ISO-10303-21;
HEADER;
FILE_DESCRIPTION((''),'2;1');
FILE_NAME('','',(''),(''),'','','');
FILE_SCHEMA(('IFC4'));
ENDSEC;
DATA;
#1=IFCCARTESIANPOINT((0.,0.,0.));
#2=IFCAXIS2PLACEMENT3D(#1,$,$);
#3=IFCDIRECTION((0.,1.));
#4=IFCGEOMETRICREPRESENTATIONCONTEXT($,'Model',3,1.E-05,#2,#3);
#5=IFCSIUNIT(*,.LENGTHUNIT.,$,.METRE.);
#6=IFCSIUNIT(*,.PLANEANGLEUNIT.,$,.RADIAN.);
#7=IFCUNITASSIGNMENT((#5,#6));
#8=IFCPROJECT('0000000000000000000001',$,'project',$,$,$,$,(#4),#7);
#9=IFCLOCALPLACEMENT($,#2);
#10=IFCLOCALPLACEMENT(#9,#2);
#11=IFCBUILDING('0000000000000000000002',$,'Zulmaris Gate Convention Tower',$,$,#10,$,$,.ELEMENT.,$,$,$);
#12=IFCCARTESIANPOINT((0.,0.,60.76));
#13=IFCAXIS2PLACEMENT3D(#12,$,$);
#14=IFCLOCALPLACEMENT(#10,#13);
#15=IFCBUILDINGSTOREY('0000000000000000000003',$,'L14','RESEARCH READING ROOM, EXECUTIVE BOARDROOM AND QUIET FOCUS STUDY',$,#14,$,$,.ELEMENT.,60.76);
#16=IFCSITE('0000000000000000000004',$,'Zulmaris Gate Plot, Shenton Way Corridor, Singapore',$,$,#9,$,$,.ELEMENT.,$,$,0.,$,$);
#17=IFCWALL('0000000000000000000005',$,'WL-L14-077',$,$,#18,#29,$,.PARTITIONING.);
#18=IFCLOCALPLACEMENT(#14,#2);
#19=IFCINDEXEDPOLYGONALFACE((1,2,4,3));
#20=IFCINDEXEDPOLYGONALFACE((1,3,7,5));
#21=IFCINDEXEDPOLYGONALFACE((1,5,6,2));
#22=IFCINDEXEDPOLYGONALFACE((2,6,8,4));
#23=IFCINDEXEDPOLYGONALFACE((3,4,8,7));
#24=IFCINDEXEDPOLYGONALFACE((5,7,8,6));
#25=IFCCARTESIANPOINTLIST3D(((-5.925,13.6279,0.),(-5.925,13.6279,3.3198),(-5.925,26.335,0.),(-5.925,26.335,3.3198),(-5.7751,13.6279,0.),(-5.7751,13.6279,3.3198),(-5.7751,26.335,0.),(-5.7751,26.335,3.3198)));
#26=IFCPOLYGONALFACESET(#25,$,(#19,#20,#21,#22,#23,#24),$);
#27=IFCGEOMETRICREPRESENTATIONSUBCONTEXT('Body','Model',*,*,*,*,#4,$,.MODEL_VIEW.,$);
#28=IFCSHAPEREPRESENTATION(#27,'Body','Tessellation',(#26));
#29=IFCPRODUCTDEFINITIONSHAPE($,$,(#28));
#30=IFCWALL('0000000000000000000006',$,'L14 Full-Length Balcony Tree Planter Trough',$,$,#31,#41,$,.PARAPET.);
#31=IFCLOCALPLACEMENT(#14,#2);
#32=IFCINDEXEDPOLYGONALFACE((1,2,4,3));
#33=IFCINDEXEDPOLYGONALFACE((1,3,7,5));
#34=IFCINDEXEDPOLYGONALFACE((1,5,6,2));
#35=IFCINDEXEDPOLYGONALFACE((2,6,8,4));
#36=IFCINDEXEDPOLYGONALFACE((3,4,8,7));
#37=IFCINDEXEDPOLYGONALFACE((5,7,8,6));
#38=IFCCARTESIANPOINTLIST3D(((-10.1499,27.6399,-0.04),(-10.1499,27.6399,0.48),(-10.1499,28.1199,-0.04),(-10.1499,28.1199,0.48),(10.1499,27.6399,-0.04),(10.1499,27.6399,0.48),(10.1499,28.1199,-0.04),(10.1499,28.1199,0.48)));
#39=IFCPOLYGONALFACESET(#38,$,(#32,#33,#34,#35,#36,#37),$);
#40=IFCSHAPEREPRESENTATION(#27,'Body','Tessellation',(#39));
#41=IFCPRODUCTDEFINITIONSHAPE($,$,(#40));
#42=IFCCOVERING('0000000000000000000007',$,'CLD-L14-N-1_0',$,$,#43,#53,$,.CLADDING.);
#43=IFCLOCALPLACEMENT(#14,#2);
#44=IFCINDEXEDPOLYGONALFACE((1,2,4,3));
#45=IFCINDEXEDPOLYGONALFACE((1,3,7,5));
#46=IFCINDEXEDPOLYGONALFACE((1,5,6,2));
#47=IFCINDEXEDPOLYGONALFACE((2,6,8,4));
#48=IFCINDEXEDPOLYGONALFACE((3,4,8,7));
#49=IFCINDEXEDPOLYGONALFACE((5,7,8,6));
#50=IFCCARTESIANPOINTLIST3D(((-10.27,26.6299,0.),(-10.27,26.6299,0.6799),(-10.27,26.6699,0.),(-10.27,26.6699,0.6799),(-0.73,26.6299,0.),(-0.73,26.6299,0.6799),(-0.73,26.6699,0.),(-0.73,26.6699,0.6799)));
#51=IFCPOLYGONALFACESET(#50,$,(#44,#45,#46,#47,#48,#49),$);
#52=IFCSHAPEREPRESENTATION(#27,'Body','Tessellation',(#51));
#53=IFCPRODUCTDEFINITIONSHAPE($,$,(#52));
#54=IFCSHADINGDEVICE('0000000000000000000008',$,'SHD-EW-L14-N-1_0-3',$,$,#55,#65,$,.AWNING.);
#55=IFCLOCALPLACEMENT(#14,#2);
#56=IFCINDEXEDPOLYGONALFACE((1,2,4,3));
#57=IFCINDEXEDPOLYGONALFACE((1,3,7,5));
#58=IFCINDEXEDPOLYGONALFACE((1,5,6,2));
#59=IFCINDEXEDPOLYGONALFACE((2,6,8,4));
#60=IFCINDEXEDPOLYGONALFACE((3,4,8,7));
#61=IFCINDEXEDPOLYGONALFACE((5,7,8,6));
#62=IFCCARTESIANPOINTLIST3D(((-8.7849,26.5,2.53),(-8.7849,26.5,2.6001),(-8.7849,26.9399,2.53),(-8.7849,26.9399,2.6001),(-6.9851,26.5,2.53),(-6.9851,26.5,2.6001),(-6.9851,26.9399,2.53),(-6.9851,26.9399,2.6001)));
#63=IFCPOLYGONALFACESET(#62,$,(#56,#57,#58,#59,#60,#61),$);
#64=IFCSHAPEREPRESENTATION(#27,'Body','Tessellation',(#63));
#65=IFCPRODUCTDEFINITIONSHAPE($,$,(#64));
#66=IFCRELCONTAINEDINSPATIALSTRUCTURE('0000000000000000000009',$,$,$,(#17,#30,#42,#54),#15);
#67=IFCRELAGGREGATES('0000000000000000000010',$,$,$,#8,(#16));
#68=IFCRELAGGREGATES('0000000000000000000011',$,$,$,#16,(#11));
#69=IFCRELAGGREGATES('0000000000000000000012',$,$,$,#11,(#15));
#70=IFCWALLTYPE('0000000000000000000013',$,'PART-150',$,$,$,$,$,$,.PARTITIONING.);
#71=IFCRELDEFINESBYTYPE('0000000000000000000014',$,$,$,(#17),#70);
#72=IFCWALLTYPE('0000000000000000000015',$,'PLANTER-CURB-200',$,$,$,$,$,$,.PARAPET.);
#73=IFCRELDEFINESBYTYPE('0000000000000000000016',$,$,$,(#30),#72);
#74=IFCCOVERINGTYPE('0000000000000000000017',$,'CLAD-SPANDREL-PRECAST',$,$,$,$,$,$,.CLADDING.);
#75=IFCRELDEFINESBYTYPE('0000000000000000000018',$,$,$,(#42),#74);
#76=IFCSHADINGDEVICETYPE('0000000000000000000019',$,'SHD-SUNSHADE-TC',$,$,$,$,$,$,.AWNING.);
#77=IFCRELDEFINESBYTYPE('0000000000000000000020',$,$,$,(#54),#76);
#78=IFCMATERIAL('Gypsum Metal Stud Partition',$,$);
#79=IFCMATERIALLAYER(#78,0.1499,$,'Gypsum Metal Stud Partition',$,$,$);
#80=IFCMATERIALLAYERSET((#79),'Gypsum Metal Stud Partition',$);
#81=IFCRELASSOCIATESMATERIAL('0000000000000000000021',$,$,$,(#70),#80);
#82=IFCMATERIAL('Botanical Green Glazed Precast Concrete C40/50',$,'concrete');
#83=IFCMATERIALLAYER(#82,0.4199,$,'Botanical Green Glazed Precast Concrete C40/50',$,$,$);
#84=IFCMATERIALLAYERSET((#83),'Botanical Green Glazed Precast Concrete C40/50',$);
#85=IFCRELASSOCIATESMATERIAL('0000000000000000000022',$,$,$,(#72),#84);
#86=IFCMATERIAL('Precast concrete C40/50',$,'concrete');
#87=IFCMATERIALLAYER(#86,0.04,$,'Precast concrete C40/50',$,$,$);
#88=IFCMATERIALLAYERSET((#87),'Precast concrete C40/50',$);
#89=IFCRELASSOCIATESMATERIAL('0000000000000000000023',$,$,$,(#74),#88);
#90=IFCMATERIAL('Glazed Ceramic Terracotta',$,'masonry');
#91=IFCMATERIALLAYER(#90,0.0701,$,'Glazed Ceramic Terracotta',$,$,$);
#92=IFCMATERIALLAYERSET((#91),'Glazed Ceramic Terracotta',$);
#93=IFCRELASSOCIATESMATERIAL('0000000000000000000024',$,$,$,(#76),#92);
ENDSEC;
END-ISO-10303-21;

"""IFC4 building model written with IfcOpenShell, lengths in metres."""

from ifc_helpers import new_model, si_unit, direction, frame, frame_2d, origin, place, context, subcontext, project, spatial, rectangle, extrude, material, layer, layer_set, type_object, element, save


model = new_model("IFC4")

# Units and contexts
model_context = context("Model", 3, precision=1e-05, world=origin(), true_north=direction((0.0, 1.0)))
body_context = subcontext(model_context, "Body", "Model", "MODEL_VIEW")
ifc_project = project(units=[si_unit("LENGTHUNIT", "METRE"), si_unit("PLANEANGLEUNIT", "RADIAN")], contexts=[model_context])

# Site, building, storey
site_placement = place(None, origin())
site = spatial("IfcSite", under=ifc_project, at=site_placement, Name="Zulmaris Gate Plot, Shenton Way Corridor, Singapore", CompositionType="ELEMENT", RefElevation=0.0)
building_placement = place(site_placement, origin())
building = spatial("IfcBuilding", under=site, at=building_placement, Name="Zulmaris Gate Convention Tower", CompositionType="ELEMENT")
storey_placement = place(building_placement, frame((0.0, 0.0, 60.76)))
storey = spatial("IfcBuildingStorey", under=building, at=storey_placement, Name="L14", Description="RESEARCH READING ROOM, EXECUTIVE BOARDROOM AND QUIET FOCUS STUDY", CompositionType="ELEMENT", Elevation=60.76)

# Shared definitions
ifc_material_1 = material(Name="Gypsum Metal Stud Partition")
ifc_layer_1 = layer(ifc_material_1, 0.1499, Name="Gypsum Metal Stud Partition")
ifc_layer_set_1 = layer_set([ifc_layer_1], Name="Gypsum Metal Stud Partition")
wall_type_1 = type_object("IfcWallType", Name="PART-150", PredefinedType="PARTITIONING", material=ifc_layer_set_1)

# Walls
wall_1_placement = place(storey_placement, frame((-5.8501, 13.6279, 0.0), z_axis=(0.0, 0.0, 1.0), x_axis=(0.0, 1.0, 0.0)))
element("IfcWall", 1, at=wall_1_placement, inside=storey, type_object=wall_type_1, Name="WL-L14-077", PredefinedType="PARTITIONING", context=body_context, shape_type="SweptSolid", body=[
    extrude(rectangle(XDim=12.707, YDim=0.1499, at=frame_2d((6.3535, 0.0))), origin(), (0.0, 0.0, 1.0), 3.3198),
])
ifc_material_2 = material(Name="Botanical Green Glazed Precast Concrete C40/50", Category="concrete")
ifc_layer_2 = layer(ifc_material_2, 0.4199, Name="Botanical Green Glazed Precast Concrete C40/50")
ifc_layer_set_2 = layer_set([ifc_layer_2], Name="Botanical Green Glazed Precast Concrete C40/50")
wall_type_2 = type_object("IfcWallType", Name="PLANTER-CURB-200", PredefinedType="PARAPET", material=ifc_layer_set_2)
wall_2_placement = place(storey_placement, frame((-10.1499, 27.8799, -0.04), z_axis=(0.0, 0.0, 1.0), x_axis=(1.0, 0.0, 0.0)))
element("IfcWall", 2, at=wall_2_placement, inside=storey, type_object=wall_type_2, Name="L14 Full-Length Balcony Tree Planter Trough", PredefinedType="PARAPET", context=body_context, shape_type="SweptSolid", body=[
    extrude(rectangle(XDim=20.2998, YDim=0.48, at=frame_2d((10.1499, 0.0))), origin(), (0.0, 0.0, 1.0), 0.52),
])

# Shared definitions
ifc_material_3 = material(Name="Precast concrete C40/50", Category="concrete")

# Covering
ifc_layer_3 = layer(ifc_material_3, 0.04, Name="Precast concrete C40/50")
ifc_layer_set_3 = layer_set([ifc_layer_3], Name="Precast concrete C40/50")
covering_type = type_object("IfcCoveringType", Name="CLAD-SPANDREL-PRECAST", PredefinedType="CLADDING", material=ifc_layer_set_3)
covering_placement = place(storey_placement, frame((-0.73, 26.6499, 0.0), z_axis=(0.0, 0.0, 1.0), x_axis=(-1.0, 0.0, 0.0)))
element("IfcCovering", 3, at=covering_placement, inside=storey, type_object=covering_type, Name="CLD-L14-N-1_0", PredefinedType="CLADDING", context=body_context, shape_type="SweptSolid", body=[
    extrude(rectangle(XDim=9.54, YDim=0.04, at=frame_2d((4.77, 0.0))), origin(), (0.0, 0.0, 1.0), 0.6799),
])

# Shading device
ifc_material_4 = material(Name="Glazed Ceramic Terracotta", Category="masonry")
ifc_layer_4 = layer(ifc_material_4, 0.0701, Name="Glazed Ceramic Terracotta")
ifc_layer_set_4 = layer_set([ifc_layer_4], Name="Glazed Ceramic Terracotta")
shading_device_type = type_object("IfcShadingDeviceType", Name="SHD-SUNSHADE-TC", PredefinedType="AWNING", material=ifc_layer_set_4)
shading_device_placement = place(storey_placement, frame((-6.9851, 26.72, 2.53), z_axis=(0.0, 0.0, 1.0), x_axis=(-1.0, 0.0, 0.0)))
element("IfcShadingDevice", 4, at=shading_device_placement, inside=storey, type_object=shading_device_type, Name="SHD-EW-L14-N-1_0-3", PredefinedType="AWNING", context=body_context, shape_type="SweptSolid", body=[
    extrude(rectangle(XDim=1.7998, YDim=0.4399, at=frame_2d((0.8999, 0.0))), origin(), (0.0, 0.0, 1.0), 0.0701),
])

save(model, "model.ifc")
